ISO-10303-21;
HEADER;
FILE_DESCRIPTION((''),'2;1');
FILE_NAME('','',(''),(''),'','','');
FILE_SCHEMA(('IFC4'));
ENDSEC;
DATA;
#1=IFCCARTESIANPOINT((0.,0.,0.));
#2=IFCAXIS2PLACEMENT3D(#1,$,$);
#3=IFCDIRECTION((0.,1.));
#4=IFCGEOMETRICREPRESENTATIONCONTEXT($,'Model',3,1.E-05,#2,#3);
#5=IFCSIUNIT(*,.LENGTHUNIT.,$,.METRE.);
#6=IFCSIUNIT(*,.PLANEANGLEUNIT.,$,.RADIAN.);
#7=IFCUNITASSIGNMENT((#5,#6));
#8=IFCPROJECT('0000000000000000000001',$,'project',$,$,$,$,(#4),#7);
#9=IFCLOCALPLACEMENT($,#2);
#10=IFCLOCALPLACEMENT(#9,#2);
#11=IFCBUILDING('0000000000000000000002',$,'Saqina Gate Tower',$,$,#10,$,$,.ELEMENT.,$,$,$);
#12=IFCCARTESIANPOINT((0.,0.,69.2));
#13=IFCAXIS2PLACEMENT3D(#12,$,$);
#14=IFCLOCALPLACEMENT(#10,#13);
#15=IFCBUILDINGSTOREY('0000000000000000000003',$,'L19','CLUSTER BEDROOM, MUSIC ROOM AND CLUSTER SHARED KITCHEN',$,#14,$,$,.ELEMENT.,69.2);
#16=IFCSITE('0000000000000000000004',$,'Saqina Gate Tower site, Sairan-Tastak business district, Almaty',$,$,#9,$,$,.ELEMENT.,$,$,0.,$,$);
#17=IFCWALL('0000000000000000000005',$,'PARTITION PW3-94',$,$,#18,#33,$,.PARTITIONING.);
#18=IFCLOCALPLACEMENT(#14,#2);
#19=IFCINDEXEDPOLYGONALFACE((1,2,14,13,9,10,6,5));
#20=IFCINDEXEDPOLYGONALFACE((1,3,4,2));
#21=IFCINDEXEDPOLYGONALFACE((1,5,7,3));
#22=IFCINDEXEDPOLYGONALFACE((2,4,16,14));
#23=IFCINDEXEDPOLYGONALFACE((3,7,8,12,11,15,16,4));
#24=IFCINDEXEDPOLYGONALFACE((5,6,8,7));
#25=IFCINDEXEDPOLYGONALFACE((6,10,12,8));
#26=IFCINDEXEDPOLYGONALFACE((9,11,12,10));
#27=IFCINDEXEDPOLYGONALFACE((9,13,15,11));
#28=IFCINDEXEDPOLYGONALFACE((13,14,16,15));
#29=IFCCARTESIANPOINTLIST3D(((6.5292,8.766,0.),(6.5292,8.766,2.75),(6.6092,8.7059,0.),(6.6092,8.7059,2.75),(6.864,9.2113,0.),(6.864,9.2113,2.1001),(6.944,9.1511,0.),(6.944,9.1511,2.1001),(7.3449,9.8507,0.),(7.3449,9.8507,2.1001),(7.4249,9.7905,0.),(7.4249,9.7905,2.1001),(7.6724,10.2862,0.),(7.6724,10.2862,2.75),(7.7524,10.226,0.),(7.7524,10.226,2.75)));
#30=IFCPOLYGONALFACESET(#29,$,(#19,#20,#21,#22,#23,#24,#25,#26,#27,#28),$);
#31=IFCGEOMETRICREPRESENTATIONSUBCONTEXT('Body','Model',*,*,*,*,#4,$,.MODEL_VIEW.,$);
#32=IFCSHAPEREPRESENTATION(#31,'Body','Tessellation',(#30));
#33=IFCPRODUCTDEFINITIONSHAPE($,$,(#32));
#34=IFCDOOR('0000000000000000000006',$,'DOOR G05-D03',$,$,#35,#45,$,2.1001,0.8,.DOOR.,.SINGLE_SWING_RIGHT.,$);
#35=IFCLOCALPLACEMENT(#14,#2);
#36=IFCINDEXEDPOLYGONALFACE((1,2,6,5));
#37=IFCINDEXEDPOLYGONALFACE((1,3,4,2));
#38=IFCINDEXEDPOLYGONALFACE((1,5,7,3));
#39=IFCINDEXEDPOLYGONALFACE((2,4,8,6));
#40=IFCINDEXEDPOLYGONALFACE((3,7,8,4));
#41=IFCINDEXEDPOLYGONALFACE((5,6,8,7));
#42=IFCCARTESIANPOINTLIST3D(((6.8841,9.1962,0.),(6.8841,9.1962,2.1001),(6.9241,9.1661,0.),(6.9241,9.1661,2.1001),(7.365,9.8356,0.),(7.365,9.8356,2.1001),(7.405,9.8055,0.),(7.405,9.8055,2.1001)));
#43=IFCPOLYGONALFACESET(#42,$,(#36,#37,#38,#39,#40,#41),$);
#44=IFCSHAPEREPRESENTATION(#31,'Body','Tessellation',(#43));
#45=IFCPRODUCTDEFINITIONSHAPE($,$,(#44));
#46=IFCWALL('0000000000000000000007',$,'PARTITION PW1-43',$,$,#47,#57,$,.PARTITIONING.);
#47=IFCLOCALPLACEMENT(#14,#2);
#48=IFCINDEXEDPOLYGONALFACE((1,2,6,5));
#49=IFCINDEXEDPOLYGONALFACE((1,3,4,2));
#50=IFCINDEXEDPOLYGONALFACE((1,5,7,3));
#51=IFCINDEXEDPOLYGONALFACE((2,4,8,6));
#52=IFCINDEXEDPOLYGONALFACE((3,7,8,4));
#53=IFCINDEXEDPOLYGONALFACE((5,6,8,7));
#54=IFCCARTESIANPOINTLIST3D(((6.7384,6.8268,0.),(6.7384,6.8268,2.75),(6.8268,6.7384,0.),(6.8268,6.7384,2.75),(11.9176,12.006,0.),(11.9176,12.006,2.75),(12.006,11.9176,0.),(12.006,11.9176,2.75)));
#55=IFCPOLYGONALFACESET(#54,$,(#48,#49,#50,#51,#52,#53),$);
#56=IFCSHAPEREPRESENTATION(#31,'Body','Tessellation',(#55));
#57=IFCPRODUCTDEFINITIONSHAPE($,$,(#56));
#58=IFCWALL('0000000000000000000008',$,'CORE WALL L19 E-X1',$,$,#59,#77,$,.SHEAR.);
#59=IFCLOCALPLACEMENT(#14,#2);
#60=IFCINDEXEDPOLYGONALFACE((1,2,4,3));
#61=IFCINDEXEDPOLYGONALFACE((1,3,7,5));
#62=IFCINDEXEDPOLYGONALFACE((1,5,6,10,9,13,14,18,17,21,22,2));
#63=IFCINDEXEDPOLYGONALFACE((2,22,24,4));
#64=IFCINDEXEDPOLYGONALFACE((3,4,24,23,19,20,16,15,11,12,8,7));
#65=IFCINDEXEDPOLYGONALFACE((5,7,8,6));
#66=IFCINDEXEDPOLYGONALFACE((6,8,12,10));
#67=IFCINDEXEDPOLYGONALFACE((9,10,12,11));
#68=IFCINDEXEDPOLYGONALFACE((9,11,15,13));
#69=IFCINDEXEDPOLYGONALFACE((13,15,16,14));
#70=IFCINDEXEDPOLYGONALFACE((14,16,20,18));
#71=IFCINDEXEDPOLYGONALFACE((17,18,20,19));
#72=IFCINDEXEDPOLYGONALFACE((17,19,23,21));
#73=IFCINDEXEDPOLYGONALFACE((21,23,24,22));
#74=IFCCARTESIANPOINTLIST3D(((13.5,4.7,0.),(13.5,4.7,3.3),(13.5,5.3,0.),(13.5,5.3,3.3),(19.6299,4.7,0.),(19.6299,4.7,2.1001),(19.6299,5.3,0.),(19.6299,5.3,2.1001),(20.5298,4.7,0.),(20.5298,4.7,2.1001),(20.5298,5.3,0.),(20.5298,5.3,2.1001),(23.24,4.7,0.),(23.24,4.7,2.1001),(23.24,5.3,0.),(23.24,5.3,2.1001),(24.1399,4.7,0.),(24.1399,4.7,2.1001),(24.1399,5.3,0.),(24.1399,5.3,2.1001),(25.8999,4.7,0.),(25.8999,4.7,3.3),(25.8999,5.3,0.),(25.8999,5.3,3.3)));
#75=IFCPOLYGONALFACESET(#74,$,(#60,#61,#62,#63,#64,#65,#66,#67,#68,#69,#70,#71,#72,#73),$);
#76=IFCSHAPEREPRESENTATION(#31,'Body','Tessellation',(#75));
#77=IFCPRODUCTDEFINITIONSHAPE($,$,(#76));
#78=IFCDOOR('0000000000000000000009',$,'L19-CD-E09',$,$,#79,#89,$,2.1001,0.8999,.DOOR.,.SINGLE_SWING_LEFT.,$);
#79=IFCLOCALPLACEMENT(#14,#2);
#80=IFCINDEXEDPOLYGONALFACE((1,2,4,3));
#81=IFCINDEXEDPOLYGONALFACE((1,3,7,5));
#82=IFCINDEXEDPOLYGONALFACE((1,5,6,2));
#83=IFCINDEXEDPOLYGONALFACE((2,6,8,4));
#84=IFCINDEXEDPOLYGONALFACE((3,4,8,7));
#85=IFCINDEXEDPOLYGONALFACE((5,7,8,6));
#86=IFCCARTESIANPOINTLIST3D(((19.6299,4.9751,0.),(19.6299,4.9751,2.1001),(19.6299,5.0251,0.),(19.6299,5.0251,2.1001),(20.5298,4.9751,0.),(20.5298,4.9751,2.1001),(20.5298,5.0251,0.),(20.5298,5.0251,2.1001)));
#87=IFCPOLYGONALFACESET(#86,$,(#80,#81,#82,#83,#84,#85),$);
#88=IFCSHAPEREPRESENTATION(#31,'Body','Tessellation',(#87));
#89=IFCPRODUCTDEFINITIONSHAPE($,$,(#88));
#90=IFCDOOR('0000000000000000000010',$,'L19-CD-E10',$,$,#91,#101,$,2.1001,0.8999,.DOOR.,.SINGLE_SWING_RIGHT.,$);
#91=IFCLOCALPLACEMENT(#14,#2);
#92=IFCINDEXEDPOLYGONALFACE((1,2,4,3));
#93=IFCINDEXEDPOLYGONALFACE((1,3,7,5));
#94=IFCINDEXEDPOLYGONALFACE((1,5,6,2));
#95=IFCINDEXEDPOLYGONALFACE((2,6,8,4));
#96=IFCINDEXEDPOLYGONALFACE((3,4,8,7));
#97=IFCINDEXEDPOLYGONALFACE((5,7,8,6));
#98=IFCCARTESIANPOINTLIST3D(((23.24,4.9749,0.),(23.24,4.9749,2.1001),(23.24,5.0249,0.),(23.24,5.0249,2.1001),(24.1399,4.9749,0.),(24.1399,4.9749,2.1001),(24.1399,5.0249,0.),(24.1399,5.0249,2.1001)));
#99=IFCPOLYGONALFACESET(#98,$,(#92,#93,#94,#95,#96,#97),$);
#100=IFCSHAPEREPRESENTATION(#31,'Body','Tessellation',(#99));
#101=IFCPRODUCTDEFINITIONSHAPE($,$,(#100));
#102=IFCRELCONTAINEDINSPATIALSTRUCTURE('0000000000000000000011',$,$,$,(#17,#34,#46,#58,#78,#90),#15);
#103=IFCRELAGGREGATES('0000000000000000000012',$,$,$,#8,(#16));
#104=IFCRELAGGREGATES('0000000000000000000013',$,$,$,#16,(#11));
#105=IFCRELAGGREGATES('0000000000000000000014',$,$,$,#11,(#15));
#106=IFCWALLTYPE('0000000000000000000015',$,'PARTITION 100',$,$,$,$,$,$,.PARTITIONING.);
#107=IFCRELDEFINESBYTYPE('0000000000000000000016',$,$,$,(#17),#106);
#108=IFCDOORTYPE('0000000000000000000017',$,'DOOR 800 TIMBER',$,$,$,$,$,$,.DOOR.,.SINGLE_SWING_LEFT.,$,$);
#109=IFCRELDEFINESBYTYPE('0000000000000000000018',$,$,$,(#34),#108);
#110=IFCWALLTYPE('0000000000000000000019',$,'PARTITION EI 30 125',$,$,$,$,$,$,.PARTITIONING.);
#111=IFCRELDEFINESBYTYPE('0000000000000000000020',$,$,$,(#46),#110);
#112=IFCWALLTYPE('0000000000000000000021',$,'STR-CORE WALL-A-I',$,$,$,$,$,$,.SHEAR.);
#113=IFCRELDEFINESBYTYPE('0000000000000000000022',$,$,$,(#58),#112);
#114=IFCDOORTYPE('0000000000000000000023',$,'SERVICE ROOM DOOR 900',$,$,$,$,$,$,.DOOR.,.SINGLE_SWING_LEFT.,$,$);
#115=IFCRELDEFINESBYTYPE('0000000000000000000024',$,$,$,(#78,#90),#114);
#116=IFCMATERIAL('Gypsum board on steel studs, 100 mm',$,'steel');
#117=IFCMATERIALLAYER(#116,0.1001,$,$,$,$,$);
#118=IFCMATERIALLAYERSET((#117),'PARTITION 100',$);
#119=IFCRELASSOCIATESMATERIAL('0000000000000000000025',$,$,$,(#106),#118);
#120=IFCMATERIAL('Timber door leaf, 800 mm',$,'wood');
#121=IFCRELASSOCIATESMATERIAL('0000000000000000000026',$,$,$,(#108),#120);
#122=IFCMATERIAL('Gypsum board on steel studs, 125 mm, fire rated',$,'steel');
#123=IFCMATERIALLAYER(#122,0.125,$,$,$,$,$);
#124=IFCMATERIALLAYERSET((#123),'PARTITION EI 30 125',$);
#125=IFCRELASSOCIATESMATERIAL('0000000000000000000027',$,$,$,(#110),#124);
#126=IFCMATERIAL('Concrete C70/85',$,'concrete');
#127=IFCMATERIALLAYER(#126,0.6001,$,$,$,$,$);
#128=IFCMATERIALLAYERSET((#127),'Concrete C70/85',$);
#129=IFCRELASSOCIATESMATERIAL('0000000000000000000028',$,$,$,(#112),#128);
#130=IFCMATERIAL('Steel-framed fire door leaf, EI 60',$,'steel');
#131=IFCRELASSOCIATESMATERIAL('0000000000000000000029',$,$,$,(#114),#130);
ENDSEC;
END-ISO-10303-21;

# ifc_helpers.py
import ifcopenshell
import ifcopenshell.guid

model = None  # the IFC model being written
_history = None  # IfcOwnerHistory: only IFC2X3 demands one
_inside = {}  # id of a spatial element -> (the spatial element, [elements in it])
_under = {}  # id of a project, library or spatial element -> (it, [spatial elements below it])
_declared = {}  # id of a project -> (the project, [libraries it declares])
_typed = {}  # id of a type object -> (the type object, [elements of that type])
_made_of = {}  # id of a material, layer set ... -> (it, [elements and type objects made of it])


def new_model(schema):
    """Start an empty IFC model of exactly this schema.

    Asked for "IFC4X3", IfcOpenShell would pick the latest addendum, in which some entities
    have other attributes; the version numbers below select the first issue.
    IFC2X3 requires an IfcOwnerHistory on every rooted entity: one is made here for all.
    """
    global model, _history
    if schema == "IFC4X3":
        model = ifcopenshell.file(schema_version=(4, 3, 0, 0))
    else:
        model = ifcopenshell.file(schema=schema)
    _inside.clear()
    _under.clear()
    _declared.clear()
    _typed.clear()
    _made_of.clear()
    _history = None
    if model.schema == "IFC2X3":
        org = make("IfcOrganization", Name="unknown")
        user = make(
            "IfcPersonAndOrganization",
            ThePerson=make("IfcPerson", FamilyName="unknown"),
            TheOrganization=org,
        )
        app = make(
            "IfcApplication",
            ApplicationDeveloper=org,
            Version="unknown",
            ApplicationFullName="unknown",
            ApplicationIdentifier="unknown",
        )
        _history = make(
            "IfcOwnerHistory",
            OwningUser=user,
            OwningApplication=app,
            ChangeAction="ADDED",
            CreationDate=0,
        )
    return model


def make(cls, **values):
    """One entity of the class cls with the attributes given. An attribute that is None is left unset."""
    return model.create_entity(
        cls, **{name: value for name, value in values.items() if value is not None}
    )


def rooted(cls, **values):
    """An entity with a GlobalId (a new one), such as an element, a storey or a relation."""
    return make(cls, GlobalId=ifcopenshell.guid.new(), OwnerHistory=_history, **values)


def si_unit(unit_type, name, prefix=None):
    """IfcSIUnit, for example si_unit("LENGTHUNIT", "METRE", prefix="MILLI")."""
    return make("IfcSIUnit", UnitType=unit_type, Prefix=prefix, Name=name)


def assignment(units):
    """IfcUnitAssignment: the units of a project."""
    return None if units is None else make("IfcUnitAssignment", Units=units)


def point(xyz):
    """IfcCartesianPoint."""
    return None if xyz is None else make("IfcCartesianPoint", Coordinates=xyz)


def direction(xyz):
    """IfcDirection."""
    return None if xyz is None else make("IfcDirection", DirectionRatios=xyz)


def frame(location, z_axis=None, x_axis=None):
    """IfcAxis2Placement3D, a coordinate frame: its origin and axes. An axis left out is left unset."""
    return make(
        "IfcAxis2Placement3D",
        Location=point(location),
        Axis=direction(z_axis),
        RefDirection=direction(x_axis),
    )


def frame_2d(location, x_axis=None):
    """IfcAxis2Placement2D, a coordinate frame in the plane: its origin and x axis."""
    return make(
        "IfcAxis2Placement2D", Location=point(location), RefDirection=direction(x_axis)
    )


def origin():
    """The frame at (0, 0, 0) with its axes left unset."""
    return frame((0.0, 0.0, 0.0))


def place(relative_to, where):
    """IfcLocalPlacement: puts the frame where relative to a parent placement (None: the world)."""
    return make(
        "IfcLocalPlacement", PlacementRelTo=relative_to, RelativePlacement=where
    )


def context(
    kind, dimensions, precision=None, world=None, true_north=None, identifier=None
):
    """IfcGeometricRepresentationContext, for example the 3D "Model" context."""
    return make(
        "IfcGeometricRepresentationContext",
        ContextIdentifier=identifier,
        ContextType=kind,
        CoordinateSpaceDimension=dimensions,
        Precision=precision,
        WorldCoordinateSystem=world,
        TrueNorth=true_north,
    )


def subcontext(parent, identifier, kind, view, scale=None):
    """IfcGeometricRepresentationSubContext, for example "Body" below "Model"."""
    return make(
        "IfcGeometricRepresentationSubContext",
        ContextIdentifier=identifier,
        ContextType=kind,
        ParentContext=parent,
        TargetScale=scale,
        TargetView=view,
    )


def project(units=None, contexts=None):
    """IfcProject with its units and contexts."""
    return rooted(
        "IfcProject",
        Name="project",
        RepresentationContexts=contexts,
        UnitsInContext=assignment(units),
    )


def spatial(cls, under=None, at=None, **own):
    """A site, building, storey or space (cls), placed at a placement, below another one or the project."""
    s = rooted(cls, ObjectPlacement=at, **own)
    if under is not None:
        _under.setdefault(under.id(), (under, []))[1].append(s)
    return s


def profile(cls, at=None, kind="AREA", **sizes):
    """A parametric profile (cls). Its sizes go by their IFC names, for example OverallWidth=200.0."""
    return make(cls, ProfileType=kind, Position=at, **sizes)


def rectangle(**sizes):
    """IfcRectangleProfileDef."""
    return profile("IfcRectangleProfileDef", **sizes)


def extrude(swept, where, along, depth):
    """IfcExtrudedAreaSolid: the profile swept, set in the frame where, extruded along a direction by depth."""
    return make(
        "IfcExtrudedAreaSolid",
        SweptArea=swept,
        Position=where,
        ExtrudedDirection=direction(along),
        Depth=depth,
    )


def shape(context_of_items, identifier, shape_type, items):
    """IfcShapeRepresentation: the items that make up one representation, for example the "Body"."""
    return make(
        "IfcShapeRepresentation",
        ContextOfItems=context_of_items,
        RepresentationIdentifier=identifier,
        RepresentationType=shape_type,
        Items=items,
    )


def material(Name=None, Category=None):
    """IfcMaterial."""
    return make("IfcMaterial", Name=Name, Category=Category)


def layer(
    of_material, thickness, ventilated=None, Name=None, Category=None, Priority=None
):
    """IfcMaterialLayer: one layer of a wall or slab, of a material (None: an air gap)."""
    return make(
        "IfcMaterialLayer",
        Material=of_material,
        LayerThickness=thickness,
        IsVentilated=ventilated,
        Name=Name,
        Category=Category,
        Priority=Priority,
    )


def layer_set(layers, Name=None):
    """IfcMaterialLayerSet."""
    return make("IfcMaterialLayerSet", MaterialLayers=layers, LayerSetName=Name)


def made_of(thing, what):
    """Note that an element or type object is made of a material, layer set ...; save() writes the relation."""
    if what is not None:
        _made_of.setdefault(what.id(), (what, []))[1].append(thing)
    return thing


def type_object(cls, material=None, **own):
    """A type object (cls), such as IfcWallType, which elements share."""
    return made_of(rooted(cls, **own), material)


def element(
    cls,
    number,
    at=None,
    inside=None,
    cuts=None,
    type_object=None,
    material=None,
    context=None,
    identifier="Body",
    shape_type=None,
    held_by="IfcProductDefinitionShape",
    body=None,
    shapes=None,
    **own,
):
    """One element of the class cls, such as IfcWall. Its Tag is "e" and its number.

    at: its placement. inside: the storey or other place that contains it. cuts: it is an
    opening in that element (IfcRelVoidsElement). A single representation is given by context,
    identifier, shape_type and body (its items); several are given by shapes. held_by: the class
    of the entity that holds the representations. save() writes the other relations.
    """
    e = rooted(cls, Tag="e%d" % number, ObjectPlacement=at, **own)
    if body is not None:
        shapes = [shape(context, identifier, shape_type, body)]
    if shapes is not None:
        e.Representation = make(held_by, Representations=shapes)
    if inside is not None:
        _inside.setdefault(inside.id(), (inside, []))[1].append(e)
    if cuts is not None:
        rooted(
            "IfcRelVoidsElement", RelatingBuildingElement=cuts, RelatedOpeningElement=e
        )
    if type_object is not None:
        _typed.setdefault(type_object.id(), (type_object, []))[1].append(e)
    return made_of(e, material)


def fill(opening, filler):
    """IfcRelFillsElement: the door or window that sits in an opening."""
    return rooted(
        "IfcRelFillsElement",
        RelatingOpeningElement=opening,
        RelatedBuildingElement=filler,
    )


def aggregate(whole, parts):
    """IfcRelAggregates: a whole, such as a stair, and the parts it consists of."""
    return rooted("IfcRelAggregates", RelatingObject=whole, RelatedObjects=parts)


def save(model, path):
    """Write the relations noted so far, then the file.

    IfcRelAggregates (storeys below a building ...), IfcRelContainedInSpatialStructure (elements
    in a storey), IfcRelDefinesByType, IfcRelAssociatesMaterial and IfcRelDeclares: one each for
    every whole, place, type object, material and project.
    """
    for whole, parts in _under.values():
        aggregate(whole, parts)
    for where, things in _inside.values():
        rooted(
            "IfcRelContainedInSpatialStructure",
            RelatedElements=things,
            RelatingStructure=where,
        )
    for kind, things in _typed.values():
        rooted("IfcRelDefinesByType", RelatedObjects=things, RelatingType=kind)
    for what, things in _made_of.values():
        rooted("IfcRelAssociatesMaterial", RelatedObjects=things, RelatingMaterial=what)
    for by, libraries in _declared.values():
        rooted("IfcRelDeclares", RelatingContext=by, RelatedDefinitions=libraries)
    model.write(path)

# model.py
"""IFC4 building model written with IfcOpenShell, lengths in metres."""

from ifc_helpers import new_model, si_unit, direction, frame, frame_2d, origin, place, context, subcontext, project, spatial, rectangle, extrude, material, layer, layer_set, type_object, element, fill, save


model = new_model("IFC4")

# Units and contexts
model_context = context("Model", 3, precision=1e-05, world=origin(), true_north=direction((0.0, 1.0)))
body_context = subcontext(model_context, "Body", "Model", "MODEL_VIEW")
ifc_project = project(units=[si_unit("LENGTHUNIT", "METRE"), si_unit("PLANEANGLEUNIT", "RADIAN")], contexts=[model_context])

# Site, building, storey
site_placement = place(None, origin())
site = spatial("IfcSite", under=ifc_project, at=site_placement, Name="Saqina Gate Tower site, Sairan-Tastak business district, Almaty", CompositionType="ELEMENT", RefElevation=0.0)
building_placement = place(site_placement, origin())
building = spatial("IfcBuilding", under=site, at=building_placement, Name="Saqina Gate Tower", CompositionType="ELEMENT")
storey_placement = place(building_placement, frame((0.0, 0.0, 69.2)))
storey = spatial("IfcBuildingStorey", under=building, at=storey_placement, Name="L19", Description="CLUSTER BEDROOM, MUSIC ROOM AND CLUSTER SHARED KITCHEN", CompositionType="ELEMENT", Elevation=69.2)

# Shared definitions
ifc_material_1 = material(Name="Gypsum board on steel studs, 100 mm", Category="steel")
ifc_layer_1 = layer(ifc_material_1, 0.1001)
ifc_layer_set_1 = layer_set([ifc_layer_1], Name="PARTITION 100")
wall_type_1 = type_object("IfcWallType", Name="PARTITION 100", PredefinedType="PARTITIONING", material=ifc_layer_set_1)

# Wall, opening, door
wall_1_placement = place(storey_placement, frame((6.5691, 8.7358, 0.0), z_axis=(0.0, 0.0, 1.0), x_axis=(0.601047, 0.799214, 0.0)))
wall_1 = element("IfcWall", 1, at=wall_1_placement, inside=storey, type_object=wall_type_1, Name="PARTITION PW3-94", PredefinedType="PARTITIONING", context=body_context, shape_type="SweptSolid", body=[
    extrude(rectangle(XDim=1.9021, YDim=0.1001, at=frame_2d((0.9512, 0.0))), origin(), (0.0, 0.0, 1.0), 2.75),
])
opening_1_placement = place(wall_1_placement, frame((0.5574, 0.0, 0.0)))
opening_1 = element("IfcOpeningElement", 2, at=opening_1_placement, cuts=wall_1, PredefinedType="OPENING", context=body_context, shape_type="SweptSolid", body=[
    extrude(rectangle(XDim=0.8, YDim=2.1001, at=frame_2d((0.3999, 1.05))), frame((0.0, 0.062, 0.0), z_axis=(0.0, -1.0, 0.0), x_axis=(1.0, 0.0, 0.0)), (0.0, 0.0, 1.0), 0.124),
])
ifc_material_2 = material(Name="Timber door leaf, 800 mm", Category="wood")
door_type_1 = type_object("IfcDoorType", Name="DOOR 800 TIMBER", OperationType="SINGLE_SWING_LEFT", PredefinedType="DOOR", material=ifc_material_2)
door_1_placement = place(opening_1_placement, origin())
door_1 = element("IfcDoor", 3, at=door_1_placement, inside=storey, type_object=door_type_1, Name="DOOR G05-D03", OperationType="SINGLE_SWING_RIGHT", OverallHeight=2.1001, OverallWidth=0.8, PredefinedType="DOOR", context=body_context, shape_type="SweptSolid", body=[
    extrude(rectangle(XDim=0.8, YDim=2.1001, at=frame_2d((0.3999, 1.05))), frame((0.0, 0.0249, 0.0), z_axis=(0.0, -1.0, 0.0), x_axis=(1.0, 0.0, 0.0)), (0.0, 0.0, 1.0), 0.05),
])
fill(opening_1, door_1)

# Wall
ifc_material_3 = material(Name="Gypsum board on steel studs, 125 mm, fire rated", Category="steel")
ifc_layer_2 = layer(ifc_material_3, 0.125)
ifc_layer_set_2 = layer_set([ifc_layer_2], Name="PARTITION EI 30 125")
wall_type_2 = type_object("IfcWallType", Name="PARTITION EI 30 125", PredefinedType="PARTITIONING", material=ifc_layer_set_2)
wall_2_placement = place(storey_placement, frame((6.7827, 6.7827, 0.0), z_axis=(0.0, 0.0, 1.0), x_axis=(0.707107, 0.707107, 0.0)))
element("IfcWall", 4, at=wall_2_placement, inside=storey, type_object=wall_type_2, Name="PARTITION PW1-43", PredefinedType="PARTITIONING", context=body_context, shape_type="SweptSolid", body=[
    extrude(rectangle(XDim=7.3245, YDim=0.125, at=frame_2d((3.6621, 0.0))), origin(), (0.0, 0.0, 1.0), 2.75),
])

# Wall, openings, doors
ifc_material_4 = material(Name="Concrete C70/85", Category="concrete")
ifc_layer_3 = layer(ifc_material_4, 0.6001)
ifc_layer_set_3 = layer_set([ifc_layer_3], Name="Concrete C70/85")
wall_type_3 = type_object("IfcWallType", Name="STR-CORE WALL-A-I", PredefinedType="SHEAR", material=ifc_layer_set_3)
wall_3_placement = place(storey_placement, frame((13.5, 5.0, 0.0), z_axis=(0.0, 0.0, 1.0), x_axis=(1.0, 0.0, 0.0)))
wall_3 = element("IfcWall", 5, at=wall_3_placement, inside=storey, type_object=wall_type_3, Name="CORE WALL L19 E-X1", PredefinedType="SHEAR", context=body_context, shape_type="SweptSolid", body=[
    extrude(rectangle(XDim=12.3999, YDim=0.6001, at=frame_2d((6.2, 0.0))), origin(), (0.0, 0.0, 1.0), 3.3),
])
opening_2_placement = place(wall_3_placement, frame((6.1299, 0.0, 0.0)))
opening_2 = element("IfcOpeningElement", 6, at=opening_2_placement, cuts=wall_3, PredefinedType="OPENING", context=body_context, shape_type="SweptSolid", body=[
    extrude(rectangle(XDim=0.8999, YDim=2.1001, at=frame_2d((0.45, 1.05))), frame((0.0, 0.312, 0.0), z_axis=(0.0, -1.0, 0.0), x_axis=(1.0, 0.0, 0.0)), (0.0, 0.0, 1.0), 0.624),
])
opening_3_placement = place(wall_3_placement, frame((9.74, 0.0, 0.0)))
opening_3 = element("IfcOpeningElement", 7, at=opening_3_placement, cuts=wall_3, PredefinedType="OPENING", context=body_context, shape_type="SweptSolid", body=[
    extrude(rectangle(XDim=0.8999, YDim=2.1001, at=frame_2d((0.45, 1.05))), frame((0.0, 0.312, 0.0), z_axis=(0.0, -1.0, 0.0), x_axis=(1.0, 0.0, 0.0)), (0.0, 0.0, 1.0), 0.624),
])
ifc_material_5 = material(Name="Steel-framed fire door leaf, EI 60", Category="steel")
door_type_2 = type_object("IfcDoorType", Name="SERVICE ROOM DOOR 900", OperationType="SINGLE_SWING_LEFT", PredefinedType="DOOR", material=ifc_material_5)
door_2_placement = place(opening_2_placement, frame((0.8999, 0.0, 0.0), z_axis=(0.0, 0.0, 1.0), x_axis=(-1.0, 0.0, 0.0)))
door_2 = element("IfcDoor", 8, at=door_2_placement, inside=storey, type_object=door_type_2, Name="L19-CD-E09", OperationType="SINGLE_SWING_LEFT", OverallHeight=2.1001, OverallWidth=0.8999, PredefinedType="DOOR", context=body_context, shape_type="SweptSolid", body=[
    extrude(rectangle(XDim=0.8999, YDim=2.1001, at=frame_2d((0.45, 1.05))), frame((0.0, 0.0249, 0.0), z_axis=(0.0, -1.0, 0.0), x_axis=(1.0, 0.0, 0.0)), (0.0, 0.0, 1.0), 0.05),
])
fill(opening_2, door_2)
door_3_placement = place(opening_3_placement, origin())
door_3 = element("IfcDoor", 9, at=door_3_placement, inside=storey, type_object=door_type_2, Name="L19-CD-E10", OperationType="SINGLE_SWING_RIGHT", OverallHeight=2.1001, OverallWidth=0.8999, PredefinedType="DOOR", context=body_context, shape_type="SweptSolid", body=[
    extrude(rectangle(XDim=0.8999, YDim=2.1001, at=frame_2d((0.45, 1.05))), frame((0.0, 0.0249, 0.0), z_axis=(0.0, -1.0, 0.0), x_axis=(1.0, 0.0, 0.0)), (0.0, 0.0, 1.0), 0.05),
])
fill(opening_3, door_3)

save(model, "model.ifc")
